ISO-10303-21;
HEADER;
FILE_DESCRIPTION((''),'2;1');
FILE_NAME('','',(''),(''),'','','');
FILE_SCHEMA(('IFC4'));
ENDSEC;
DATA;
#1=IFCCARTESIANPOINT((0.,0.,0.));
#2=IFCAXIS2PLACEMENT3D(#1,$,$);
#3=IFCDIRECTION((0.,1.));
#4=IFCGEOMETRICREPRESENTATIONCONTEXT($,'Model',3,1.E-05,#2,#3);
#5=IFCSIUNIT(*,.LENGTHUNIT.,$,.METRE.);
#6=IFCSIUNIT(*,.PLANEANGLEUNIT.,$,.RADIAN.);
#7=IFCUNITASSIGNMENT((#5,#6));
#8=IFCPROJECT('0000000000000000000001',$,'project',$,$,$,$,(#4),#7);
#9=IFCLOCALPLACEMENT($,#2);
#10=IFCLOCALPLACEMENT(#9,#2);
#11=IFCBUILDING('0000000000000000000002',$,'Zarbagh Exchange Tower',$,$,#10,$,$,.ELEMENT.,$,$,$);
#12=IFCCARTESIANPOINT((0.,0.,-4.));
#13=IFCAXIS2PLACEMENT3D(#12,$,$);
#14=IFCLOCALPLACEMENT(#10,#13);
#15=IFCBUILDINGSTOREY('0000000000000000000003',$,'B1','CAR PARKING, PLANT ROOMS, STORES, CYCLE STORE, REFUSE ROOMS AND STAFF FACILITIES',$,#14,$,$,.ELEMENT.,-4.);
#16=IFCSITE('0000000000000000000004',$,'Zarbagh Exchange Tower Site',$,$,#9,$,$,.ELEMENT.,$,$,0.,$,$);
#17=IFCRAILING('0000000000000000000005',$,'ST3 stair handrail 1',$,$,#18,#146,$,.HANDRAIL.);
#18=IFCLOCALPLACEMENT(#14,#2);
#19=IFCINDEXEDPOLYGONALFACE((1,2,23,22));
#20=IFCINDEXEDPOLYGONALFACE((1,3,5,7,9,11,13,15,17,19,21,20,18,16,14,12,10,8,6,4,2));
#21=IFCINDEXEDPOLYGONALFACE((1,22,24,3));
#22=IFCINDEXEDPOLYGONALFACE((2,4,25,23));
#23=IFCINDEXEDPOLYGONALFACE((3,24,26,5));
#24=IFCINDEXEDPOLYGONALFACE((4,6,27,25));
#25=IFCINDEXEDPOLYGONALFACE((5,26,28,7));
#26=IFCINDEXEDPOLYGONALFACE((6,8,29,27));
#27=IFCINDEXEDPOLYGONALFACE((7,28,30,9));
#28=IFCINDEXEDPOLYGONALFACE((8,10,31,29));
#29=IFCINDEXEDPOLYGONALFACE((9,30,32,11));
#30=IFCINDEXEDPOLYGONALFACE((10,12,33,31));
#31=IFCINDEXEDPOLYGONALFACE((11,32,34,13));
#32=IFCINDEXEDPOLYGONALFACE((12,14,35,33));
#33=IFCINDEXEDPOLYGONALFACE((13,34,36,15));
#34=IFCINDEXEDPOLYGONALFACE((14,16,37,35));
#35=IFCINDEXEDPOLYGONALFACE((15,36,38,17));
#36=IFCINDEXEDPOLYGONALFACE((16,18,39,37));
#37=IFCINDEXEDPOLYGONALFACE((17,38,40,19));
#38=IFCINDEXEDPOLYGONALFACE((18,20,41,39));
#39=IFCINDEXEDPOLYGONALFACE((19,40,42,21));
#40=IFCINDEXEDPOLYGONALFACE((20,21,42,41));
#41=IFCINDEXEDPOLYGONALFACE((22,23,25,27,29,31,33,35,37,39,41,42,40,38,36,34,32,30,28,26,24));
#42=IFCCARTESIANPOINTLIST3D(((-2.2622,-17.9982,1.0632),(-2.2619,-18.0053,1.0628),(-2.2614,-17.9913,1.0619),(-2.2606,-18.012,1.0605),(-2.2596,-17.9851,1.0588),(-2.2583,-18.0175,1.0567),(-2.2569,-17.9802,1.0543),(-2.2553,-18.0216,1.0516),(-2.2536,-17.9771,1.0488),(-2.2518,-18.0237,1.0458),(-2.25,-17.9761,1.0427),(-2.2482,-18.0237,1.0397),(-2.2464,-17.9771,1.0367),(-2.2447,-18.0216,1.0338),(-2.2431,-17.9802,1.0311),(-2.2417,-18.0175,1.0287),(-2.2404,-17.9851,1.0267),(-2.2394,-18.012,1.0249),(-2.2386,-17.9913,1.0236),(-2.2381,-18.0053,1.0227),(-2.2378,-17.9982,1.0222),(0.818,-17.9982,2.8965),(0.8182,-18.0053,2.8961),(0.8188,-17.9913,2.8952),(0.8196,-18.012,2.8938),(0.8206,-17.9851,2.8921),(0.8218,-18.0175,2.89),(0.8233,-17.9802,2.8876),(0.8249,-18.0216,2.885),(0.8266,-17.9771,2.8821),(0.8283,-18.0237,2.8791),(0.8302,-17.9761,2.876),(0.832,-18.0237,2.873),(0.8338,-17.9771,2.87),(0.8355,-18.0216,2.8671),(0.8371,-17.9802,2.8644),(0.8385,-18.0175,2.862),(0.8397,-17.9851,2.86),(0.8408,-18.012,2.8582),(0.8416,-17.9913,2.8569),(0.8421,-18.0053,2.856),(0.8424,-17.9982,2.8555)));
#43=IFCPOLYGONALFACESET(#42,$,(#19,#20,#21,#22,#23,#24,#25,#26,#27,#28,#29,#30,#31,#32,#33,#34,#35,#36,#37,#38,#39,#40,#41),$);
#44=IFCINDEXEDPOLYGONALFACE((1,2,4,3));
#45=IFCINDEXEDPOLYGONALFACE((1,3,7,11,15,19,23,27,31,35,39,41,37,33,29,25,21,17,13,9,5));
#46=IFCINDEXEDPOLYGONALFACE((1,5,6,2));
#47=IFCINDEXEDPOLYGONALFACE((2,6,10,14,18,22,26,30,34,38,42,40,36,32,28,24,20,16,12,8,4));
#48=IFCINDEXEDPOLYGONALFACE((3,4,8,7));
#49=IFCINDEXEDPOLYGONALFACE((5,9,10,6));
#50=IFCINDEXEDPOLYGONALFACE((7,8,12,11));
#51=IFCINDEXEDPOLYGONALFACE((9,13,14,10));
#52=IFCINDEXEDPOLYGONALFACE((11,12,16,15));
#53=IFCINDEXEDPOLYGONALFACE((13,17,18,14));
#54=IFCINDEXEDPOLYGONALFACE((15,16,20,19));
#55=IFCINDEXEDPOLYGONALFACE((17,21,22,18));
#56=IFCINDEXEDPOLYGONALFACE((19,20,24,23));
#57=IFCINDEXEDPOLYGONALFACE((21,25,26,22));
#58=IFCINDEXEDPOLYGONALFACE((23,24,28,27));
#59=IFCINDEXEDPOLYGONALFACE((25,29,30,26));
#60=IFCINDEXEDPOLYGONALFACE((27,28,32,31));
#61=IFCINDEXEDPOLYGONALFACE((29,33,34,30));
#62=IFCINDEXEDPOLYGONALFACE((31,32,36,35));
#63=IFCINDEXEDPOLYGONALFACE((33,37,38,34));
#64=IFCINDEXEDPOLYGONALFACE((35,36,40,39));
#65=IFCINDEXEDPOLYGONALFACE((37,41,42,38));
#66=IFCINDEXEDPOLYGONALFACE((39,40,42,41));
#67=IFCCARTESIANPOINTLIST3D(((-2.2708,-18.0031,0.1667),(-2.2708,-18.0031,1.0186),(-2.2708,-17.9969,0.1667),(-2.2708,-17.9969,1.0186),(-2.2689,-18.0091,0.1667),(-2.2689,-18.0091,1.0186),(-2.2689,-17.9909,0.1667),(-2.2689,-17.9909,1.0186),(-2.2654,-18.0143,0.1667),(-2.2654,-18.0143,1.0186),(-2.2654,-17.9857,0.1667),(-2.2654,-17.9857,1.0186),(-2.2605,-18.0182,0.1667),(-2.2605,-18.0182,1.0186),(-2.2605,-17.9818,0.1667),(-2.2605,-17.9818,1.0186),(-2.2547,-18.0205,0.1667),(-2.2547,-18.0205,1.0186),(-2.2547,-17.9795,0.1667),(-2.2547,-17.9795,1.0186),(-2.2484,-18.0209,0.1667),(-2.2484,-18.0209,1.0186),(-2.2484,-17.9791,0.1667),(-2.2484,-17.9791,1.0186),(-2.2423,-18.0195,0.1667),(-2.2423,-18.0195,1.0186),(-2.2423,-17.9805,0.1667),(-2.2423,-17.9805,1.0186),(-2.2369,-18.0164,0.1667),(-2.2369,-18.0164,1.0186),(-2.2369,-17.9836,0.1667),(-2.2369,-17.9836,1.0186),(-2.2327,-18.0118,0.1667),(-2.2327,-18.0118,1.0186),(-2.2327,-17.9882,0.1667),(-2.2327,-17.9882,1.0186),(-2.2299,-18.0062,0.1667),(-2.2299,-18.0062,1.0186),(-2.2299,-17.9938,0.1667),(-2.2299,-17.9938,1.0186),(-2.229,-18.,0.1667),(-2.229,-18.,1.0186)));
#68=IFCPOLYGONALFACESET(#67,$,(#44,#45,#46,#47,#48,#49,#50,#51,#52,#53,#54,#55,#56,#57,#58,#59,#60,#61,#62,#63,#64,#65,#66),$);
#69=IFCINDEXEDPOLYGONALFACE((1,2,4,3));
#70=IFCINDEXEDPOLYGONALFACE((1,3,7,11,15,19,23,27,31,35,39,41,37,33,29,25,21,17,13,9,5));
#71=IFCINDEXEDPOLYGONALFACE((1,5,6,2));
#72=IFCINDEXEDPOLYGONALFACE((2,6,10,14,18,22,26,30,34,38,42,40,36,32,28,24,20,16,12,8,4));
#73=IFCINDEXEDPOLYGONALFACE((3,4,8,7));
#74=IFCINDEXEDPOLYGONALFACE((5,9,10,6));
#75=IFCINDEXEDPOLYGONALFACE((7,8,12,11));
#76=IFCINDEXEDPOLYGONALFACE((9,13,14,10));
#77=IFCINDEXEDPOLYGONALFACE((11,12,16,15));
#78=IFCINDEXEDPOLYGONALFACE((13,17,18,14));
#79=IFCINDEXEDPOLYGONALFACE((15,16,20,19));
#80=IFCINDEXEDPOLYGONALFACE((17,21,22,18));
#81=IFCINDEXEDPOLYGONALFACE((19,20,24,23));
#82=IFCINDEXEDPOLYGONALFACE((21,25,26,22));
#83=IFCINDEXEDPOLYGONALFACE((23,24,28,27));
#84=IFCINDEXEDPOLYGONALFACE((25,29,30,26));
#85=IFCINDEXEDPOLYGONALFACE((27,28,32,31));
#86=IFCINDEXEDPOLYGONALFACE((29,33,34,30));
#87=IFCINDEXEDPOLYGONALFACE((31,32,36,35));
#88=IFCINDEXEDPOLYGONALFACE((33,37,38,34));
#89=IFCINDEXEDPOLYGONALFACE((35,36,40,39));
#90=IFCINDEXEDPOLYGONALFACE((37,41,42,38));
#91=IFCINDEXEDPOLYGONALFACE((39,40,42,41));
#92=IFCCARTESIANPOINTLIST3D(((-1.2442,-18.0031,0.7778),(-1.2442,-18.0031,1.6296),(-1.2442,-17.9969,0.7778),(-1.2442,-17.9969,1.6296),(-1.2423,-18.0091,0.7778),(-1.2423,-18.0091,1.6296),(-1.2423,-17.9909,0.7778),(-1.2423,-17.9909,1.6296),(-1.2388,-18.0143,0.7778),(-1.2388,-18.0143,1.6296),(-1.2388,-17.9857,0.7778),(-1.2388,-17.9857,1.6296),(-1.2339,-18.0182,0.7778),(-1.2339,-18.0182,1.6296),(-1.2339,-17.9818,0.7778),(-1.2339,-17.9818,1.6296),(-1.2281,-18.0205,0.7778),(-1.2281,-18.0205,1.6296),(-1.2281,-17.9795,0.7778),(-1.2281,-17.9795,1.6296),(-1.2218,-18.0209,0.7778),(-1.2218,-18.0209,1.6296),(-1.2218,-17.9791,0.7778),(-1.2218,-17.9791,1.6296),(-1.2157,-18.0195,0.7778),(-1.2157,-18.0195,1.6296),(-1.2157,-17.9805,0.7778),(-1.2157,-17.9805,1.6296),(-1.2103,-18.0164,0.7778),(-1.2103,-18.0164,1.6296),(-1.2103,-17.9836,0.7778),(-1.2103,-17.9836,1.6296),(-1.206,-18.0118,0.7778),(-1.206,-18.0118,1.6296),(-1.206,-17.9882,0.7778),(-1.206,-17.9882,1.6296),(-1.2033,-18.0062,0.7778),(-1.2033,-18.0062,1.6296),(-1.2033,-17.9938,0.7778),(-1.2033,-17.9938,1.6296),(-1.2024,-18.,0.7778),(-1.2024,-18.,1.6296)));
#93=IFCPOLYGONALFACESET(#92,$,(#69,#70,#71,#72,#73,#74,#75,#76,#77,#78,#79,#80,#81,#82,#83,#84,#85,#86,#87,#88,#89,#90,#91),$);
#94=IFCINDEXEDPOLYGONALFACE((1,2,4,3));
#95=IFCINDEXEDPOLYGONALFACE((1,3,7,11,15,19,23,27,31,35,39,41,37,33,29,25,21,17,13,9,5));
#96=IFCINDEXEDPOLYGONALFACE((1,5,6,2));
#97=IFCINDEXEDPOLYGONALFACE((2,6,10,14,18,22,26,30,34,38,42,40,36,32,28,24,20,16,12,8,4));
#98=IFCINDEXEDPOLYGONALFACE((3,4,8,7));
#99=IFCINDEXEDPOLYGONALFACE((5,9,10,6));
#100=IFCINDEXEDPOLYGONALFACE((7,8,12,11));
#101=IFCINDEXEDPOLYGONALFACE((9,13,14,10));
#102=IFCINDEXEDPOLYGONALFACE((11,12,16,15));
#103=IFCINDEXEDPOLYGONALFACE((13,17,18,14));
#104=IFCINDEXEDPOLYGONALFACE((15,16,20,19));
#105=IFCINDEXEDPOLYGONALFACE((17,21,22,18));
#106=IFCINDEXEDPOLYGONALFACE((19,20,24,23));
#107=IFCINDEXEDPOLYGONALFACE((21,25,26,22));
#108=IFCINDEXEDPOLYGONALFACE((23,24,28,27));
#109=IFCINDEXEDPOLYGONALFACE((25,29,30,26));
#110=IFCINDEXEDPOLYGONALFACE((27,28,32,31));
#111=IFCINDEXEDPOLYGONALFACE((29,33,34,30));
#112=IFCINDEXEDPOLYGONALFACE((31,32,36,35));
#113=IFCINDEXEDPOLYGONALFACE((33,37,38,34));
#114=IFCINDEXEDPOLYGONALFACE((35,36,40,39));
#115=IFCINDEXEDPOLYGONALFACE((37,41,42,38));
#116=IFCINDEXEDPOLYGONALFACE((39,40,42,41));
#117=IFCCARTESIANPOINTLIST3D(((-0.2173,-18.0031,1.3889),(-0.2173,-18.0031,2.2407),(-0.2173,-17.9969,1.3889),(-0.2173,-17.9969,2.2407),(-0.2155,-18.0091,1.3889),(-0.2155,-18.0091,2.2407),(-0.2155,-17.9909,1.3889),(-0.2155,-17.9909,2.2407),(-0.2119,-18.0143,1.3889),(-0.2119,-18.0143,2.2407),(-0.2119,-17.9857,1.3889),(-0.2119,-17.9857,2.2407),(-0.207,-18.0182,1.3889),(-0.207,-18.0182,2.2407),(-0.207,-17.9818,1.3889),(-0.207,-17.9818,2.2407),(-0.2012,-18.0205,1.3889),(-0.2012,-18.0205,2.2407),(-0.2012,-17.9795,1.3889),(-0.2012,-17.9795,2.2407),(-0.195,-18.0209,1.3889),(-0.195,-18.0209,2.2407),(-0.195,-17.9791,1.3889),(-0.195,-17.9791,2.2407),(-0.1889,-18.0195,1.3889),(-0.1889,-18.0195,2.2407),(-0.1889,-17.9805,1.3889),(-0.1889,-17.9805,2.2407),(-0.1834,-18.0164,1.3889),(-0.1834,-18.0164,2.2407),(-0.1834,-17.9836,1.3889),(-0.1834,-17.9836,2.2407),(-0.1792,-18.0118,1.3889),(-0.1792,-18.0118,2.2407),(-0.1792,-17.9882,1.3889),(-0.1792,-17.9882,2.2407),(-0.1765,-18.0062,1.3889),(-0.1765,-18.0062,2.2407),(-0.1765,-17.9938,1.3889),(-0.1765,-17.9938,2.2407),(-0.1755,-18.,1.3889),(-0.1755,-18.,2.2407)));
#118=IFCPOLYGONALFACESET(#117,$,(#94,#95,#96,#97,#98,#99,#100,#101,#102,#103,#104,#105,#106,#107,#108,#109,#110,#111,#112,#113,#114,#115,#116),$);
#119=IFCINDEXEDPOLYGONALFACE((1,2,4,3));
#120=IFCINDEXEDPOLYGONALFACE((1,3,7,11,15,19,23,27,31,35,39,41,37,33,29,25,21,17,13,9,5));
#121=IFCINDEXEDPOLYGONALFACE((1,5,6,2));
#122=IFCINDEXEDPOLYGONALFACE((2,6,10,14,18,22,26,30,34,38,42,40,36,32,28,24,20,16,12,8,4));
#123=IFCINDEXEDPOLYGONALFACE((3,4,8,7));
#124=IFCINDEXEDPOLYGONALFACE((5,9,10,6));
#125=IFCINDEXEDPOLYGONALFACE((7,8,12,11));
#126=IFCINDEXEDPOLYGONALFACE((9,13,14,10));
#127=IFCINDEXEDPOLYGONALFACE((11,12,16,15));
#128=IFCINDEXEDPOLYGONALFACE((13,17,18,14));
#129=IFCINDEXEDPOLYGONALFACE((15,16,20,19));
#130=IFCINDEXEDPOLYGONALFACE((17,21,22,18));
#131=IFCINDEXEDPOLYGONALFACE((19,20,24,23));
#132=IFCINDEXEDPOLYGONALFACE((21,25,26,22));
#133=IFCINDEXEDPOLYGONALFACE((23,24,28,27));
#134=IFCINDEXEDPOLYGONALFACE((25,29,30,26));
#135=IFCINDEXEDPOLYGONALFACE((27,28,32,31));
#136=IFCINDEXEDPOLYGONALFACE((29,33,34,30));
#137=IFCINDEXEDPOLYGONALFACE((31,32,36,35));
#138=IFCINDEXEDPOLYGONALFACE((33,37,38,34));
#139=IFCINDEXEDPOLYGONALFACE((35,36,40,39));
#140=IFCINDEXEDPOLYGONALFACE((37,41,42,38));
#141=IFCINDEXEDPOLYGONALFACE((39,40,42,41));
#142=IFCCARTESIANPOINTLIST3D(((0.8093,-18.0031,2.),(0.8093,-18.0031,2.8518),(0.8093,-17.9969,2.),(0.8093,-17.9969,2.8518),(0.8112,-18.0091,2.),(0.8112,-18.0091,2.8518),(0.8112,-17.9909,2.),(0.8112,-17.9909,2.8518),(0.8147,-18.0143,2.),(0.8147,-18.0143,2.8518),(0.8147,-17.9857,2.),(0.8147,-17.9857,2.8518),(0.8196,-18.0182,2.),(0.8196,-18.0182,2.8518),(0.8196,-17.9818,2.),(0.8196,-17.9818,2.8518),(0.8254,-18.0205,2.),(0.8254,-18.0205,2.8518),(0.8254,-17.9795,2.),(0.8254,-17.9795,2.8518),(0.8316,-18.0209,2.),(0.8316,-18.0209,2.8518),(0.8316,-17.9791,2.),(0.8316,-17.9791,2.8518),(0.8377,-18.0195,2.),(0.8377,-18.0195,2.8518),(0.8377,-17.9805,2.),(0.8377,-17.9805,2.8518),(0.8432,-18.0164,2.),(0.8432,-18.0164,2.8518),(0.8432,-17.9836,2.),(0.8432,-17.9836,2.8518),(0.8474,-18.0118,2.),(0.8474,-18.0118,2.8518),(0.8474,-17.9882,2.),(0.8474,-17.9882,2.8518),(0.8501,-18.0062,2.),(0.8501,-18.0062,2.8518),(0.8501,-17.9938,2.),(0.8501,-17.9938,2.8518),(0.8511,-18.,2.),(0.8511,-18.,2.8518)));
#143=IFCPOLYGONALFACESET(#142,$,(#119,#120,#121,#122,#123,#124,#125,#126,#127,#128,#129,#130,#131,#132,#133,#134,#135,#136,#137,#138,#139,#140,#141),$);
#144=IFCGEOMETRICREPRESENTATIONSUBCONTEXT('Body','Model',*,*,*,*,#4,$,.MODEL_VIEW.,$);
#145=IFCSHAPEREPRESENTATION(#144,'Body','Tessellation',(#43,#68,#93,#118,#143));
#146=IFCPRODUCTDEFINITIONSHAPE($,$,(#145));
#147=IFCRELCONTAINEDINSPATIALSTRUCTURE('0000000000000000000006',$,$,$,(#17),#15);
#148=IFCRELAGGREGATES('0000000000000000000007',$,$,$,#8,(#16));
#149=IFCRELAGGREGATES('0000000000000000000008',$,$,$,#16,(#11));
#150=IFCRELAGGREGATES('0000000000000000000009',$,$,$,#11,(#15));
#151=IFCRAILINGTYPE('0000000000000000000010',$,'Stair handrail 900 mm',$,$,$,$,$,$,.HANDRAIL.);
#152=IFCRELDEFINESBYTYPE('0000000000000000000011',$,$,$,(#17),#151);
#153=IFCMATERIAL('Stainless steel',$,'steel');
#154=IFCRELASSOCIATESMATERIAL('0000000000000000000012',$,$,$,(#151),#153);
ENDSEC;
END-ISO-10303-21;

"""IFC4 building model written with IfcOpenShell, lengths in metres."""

from ifc_helpers import new_model, si_unit, direction, frame, origin, origin_2d, place, context, subcontext, project, spatial, circle, extrude, material, type_object, element, save


model = new_model("IFC4")

# Units and contexts
model_context = context("Model", 3, precision=1e-05, world=origin(), true_north=direction((0.0, 1.0)))
body_context = subcontext(model_context, "Body", "Model", "MODEL_VIEW")
ifc_project = project(units=[si_unit("LENGTHUNIT", "METRE"), si_unit("PLANEANGLEUNIT", "RADIAN")], contexts=[model_context])

# Site, building, storey
site_placement = place(None, origin())
site = spatial("IfcSite", under=ifc_project, at=site_placement, Name="Zarbagh Exchange Tower Site", CompositionType="ELEMENT", RefElevation=0.0)
building_placement = place(site_placement, origin())
building = spatial("IfcBuilding", under=site, at=building_placement, Name="Zarbagh Exchange Tower", CompositionType="ELEMENT")
storey_placement = place(building_placement, frame((0.0, 0.0, -4.0)))
storey = spatial("IfcBuildingStorey", under=building, at=storey_placement, Name="B1", Description="CAR PARKING, PLANT ROOMS, STORES, CYCLE STORE, REFUSE ROOMS AND STAFF FACILITIES", CompositionType="ELEMENT", Elevation=-4.0)

# Shared definitions
ifc_material_1 = material(Name="Stainless steel", Category="steel")

# Railing
railing_type_1 = type_object("IfcRailingType", Name="Stair handrail 900 mm", PredefinedType="HANDRAIL", material=ifc_material_1)
for number, where, name in (
    (1, (-2.25, -18.0, 0.1667), "ST3 stair handrail 1"),
):
    element("IfcRailing", number, at=place(storey_placement, frame(where)), inside=storey, type_object=railing_type_1, Name=name, PredefinedType="HANDRAIL", context=body_context, shape_type="SweptSolid", body=[
        extrude(circle(Radius=0.0239, at=origin_2d()), frame((0.0, 0.0, 0.876), z_axis=(0.859309, 0.0, 0.511458), x_axis=(0.0, 1.0, 0.0)), (0.0, 0.0, 1.0), 3.5845),
        extrude(circle(Radius=0.021, at=origin_2d()), origin(), (0.0, 0.0, 1.0), 0.8518),
        extrude(circle(Radius=0.021, at=origin_2d()), frame((1.0266, 0.0, 0.6111)), (0.0, 0.0, 1.0), 0.8518),
        extrude(circle(Radius=0.021, at=origin_2d()), frame((2.0535, 0.0, 1.2222)), (0.0, 0.0, 1.0), 0.8518),
        extrude(circle(Radius=0.021, at=origin_2d()), frame((3.0801, 0.0, 1.8333)), (0.0, 0.0, 1.0), 0.8518),
    ])

save(model, "model.ifc")
